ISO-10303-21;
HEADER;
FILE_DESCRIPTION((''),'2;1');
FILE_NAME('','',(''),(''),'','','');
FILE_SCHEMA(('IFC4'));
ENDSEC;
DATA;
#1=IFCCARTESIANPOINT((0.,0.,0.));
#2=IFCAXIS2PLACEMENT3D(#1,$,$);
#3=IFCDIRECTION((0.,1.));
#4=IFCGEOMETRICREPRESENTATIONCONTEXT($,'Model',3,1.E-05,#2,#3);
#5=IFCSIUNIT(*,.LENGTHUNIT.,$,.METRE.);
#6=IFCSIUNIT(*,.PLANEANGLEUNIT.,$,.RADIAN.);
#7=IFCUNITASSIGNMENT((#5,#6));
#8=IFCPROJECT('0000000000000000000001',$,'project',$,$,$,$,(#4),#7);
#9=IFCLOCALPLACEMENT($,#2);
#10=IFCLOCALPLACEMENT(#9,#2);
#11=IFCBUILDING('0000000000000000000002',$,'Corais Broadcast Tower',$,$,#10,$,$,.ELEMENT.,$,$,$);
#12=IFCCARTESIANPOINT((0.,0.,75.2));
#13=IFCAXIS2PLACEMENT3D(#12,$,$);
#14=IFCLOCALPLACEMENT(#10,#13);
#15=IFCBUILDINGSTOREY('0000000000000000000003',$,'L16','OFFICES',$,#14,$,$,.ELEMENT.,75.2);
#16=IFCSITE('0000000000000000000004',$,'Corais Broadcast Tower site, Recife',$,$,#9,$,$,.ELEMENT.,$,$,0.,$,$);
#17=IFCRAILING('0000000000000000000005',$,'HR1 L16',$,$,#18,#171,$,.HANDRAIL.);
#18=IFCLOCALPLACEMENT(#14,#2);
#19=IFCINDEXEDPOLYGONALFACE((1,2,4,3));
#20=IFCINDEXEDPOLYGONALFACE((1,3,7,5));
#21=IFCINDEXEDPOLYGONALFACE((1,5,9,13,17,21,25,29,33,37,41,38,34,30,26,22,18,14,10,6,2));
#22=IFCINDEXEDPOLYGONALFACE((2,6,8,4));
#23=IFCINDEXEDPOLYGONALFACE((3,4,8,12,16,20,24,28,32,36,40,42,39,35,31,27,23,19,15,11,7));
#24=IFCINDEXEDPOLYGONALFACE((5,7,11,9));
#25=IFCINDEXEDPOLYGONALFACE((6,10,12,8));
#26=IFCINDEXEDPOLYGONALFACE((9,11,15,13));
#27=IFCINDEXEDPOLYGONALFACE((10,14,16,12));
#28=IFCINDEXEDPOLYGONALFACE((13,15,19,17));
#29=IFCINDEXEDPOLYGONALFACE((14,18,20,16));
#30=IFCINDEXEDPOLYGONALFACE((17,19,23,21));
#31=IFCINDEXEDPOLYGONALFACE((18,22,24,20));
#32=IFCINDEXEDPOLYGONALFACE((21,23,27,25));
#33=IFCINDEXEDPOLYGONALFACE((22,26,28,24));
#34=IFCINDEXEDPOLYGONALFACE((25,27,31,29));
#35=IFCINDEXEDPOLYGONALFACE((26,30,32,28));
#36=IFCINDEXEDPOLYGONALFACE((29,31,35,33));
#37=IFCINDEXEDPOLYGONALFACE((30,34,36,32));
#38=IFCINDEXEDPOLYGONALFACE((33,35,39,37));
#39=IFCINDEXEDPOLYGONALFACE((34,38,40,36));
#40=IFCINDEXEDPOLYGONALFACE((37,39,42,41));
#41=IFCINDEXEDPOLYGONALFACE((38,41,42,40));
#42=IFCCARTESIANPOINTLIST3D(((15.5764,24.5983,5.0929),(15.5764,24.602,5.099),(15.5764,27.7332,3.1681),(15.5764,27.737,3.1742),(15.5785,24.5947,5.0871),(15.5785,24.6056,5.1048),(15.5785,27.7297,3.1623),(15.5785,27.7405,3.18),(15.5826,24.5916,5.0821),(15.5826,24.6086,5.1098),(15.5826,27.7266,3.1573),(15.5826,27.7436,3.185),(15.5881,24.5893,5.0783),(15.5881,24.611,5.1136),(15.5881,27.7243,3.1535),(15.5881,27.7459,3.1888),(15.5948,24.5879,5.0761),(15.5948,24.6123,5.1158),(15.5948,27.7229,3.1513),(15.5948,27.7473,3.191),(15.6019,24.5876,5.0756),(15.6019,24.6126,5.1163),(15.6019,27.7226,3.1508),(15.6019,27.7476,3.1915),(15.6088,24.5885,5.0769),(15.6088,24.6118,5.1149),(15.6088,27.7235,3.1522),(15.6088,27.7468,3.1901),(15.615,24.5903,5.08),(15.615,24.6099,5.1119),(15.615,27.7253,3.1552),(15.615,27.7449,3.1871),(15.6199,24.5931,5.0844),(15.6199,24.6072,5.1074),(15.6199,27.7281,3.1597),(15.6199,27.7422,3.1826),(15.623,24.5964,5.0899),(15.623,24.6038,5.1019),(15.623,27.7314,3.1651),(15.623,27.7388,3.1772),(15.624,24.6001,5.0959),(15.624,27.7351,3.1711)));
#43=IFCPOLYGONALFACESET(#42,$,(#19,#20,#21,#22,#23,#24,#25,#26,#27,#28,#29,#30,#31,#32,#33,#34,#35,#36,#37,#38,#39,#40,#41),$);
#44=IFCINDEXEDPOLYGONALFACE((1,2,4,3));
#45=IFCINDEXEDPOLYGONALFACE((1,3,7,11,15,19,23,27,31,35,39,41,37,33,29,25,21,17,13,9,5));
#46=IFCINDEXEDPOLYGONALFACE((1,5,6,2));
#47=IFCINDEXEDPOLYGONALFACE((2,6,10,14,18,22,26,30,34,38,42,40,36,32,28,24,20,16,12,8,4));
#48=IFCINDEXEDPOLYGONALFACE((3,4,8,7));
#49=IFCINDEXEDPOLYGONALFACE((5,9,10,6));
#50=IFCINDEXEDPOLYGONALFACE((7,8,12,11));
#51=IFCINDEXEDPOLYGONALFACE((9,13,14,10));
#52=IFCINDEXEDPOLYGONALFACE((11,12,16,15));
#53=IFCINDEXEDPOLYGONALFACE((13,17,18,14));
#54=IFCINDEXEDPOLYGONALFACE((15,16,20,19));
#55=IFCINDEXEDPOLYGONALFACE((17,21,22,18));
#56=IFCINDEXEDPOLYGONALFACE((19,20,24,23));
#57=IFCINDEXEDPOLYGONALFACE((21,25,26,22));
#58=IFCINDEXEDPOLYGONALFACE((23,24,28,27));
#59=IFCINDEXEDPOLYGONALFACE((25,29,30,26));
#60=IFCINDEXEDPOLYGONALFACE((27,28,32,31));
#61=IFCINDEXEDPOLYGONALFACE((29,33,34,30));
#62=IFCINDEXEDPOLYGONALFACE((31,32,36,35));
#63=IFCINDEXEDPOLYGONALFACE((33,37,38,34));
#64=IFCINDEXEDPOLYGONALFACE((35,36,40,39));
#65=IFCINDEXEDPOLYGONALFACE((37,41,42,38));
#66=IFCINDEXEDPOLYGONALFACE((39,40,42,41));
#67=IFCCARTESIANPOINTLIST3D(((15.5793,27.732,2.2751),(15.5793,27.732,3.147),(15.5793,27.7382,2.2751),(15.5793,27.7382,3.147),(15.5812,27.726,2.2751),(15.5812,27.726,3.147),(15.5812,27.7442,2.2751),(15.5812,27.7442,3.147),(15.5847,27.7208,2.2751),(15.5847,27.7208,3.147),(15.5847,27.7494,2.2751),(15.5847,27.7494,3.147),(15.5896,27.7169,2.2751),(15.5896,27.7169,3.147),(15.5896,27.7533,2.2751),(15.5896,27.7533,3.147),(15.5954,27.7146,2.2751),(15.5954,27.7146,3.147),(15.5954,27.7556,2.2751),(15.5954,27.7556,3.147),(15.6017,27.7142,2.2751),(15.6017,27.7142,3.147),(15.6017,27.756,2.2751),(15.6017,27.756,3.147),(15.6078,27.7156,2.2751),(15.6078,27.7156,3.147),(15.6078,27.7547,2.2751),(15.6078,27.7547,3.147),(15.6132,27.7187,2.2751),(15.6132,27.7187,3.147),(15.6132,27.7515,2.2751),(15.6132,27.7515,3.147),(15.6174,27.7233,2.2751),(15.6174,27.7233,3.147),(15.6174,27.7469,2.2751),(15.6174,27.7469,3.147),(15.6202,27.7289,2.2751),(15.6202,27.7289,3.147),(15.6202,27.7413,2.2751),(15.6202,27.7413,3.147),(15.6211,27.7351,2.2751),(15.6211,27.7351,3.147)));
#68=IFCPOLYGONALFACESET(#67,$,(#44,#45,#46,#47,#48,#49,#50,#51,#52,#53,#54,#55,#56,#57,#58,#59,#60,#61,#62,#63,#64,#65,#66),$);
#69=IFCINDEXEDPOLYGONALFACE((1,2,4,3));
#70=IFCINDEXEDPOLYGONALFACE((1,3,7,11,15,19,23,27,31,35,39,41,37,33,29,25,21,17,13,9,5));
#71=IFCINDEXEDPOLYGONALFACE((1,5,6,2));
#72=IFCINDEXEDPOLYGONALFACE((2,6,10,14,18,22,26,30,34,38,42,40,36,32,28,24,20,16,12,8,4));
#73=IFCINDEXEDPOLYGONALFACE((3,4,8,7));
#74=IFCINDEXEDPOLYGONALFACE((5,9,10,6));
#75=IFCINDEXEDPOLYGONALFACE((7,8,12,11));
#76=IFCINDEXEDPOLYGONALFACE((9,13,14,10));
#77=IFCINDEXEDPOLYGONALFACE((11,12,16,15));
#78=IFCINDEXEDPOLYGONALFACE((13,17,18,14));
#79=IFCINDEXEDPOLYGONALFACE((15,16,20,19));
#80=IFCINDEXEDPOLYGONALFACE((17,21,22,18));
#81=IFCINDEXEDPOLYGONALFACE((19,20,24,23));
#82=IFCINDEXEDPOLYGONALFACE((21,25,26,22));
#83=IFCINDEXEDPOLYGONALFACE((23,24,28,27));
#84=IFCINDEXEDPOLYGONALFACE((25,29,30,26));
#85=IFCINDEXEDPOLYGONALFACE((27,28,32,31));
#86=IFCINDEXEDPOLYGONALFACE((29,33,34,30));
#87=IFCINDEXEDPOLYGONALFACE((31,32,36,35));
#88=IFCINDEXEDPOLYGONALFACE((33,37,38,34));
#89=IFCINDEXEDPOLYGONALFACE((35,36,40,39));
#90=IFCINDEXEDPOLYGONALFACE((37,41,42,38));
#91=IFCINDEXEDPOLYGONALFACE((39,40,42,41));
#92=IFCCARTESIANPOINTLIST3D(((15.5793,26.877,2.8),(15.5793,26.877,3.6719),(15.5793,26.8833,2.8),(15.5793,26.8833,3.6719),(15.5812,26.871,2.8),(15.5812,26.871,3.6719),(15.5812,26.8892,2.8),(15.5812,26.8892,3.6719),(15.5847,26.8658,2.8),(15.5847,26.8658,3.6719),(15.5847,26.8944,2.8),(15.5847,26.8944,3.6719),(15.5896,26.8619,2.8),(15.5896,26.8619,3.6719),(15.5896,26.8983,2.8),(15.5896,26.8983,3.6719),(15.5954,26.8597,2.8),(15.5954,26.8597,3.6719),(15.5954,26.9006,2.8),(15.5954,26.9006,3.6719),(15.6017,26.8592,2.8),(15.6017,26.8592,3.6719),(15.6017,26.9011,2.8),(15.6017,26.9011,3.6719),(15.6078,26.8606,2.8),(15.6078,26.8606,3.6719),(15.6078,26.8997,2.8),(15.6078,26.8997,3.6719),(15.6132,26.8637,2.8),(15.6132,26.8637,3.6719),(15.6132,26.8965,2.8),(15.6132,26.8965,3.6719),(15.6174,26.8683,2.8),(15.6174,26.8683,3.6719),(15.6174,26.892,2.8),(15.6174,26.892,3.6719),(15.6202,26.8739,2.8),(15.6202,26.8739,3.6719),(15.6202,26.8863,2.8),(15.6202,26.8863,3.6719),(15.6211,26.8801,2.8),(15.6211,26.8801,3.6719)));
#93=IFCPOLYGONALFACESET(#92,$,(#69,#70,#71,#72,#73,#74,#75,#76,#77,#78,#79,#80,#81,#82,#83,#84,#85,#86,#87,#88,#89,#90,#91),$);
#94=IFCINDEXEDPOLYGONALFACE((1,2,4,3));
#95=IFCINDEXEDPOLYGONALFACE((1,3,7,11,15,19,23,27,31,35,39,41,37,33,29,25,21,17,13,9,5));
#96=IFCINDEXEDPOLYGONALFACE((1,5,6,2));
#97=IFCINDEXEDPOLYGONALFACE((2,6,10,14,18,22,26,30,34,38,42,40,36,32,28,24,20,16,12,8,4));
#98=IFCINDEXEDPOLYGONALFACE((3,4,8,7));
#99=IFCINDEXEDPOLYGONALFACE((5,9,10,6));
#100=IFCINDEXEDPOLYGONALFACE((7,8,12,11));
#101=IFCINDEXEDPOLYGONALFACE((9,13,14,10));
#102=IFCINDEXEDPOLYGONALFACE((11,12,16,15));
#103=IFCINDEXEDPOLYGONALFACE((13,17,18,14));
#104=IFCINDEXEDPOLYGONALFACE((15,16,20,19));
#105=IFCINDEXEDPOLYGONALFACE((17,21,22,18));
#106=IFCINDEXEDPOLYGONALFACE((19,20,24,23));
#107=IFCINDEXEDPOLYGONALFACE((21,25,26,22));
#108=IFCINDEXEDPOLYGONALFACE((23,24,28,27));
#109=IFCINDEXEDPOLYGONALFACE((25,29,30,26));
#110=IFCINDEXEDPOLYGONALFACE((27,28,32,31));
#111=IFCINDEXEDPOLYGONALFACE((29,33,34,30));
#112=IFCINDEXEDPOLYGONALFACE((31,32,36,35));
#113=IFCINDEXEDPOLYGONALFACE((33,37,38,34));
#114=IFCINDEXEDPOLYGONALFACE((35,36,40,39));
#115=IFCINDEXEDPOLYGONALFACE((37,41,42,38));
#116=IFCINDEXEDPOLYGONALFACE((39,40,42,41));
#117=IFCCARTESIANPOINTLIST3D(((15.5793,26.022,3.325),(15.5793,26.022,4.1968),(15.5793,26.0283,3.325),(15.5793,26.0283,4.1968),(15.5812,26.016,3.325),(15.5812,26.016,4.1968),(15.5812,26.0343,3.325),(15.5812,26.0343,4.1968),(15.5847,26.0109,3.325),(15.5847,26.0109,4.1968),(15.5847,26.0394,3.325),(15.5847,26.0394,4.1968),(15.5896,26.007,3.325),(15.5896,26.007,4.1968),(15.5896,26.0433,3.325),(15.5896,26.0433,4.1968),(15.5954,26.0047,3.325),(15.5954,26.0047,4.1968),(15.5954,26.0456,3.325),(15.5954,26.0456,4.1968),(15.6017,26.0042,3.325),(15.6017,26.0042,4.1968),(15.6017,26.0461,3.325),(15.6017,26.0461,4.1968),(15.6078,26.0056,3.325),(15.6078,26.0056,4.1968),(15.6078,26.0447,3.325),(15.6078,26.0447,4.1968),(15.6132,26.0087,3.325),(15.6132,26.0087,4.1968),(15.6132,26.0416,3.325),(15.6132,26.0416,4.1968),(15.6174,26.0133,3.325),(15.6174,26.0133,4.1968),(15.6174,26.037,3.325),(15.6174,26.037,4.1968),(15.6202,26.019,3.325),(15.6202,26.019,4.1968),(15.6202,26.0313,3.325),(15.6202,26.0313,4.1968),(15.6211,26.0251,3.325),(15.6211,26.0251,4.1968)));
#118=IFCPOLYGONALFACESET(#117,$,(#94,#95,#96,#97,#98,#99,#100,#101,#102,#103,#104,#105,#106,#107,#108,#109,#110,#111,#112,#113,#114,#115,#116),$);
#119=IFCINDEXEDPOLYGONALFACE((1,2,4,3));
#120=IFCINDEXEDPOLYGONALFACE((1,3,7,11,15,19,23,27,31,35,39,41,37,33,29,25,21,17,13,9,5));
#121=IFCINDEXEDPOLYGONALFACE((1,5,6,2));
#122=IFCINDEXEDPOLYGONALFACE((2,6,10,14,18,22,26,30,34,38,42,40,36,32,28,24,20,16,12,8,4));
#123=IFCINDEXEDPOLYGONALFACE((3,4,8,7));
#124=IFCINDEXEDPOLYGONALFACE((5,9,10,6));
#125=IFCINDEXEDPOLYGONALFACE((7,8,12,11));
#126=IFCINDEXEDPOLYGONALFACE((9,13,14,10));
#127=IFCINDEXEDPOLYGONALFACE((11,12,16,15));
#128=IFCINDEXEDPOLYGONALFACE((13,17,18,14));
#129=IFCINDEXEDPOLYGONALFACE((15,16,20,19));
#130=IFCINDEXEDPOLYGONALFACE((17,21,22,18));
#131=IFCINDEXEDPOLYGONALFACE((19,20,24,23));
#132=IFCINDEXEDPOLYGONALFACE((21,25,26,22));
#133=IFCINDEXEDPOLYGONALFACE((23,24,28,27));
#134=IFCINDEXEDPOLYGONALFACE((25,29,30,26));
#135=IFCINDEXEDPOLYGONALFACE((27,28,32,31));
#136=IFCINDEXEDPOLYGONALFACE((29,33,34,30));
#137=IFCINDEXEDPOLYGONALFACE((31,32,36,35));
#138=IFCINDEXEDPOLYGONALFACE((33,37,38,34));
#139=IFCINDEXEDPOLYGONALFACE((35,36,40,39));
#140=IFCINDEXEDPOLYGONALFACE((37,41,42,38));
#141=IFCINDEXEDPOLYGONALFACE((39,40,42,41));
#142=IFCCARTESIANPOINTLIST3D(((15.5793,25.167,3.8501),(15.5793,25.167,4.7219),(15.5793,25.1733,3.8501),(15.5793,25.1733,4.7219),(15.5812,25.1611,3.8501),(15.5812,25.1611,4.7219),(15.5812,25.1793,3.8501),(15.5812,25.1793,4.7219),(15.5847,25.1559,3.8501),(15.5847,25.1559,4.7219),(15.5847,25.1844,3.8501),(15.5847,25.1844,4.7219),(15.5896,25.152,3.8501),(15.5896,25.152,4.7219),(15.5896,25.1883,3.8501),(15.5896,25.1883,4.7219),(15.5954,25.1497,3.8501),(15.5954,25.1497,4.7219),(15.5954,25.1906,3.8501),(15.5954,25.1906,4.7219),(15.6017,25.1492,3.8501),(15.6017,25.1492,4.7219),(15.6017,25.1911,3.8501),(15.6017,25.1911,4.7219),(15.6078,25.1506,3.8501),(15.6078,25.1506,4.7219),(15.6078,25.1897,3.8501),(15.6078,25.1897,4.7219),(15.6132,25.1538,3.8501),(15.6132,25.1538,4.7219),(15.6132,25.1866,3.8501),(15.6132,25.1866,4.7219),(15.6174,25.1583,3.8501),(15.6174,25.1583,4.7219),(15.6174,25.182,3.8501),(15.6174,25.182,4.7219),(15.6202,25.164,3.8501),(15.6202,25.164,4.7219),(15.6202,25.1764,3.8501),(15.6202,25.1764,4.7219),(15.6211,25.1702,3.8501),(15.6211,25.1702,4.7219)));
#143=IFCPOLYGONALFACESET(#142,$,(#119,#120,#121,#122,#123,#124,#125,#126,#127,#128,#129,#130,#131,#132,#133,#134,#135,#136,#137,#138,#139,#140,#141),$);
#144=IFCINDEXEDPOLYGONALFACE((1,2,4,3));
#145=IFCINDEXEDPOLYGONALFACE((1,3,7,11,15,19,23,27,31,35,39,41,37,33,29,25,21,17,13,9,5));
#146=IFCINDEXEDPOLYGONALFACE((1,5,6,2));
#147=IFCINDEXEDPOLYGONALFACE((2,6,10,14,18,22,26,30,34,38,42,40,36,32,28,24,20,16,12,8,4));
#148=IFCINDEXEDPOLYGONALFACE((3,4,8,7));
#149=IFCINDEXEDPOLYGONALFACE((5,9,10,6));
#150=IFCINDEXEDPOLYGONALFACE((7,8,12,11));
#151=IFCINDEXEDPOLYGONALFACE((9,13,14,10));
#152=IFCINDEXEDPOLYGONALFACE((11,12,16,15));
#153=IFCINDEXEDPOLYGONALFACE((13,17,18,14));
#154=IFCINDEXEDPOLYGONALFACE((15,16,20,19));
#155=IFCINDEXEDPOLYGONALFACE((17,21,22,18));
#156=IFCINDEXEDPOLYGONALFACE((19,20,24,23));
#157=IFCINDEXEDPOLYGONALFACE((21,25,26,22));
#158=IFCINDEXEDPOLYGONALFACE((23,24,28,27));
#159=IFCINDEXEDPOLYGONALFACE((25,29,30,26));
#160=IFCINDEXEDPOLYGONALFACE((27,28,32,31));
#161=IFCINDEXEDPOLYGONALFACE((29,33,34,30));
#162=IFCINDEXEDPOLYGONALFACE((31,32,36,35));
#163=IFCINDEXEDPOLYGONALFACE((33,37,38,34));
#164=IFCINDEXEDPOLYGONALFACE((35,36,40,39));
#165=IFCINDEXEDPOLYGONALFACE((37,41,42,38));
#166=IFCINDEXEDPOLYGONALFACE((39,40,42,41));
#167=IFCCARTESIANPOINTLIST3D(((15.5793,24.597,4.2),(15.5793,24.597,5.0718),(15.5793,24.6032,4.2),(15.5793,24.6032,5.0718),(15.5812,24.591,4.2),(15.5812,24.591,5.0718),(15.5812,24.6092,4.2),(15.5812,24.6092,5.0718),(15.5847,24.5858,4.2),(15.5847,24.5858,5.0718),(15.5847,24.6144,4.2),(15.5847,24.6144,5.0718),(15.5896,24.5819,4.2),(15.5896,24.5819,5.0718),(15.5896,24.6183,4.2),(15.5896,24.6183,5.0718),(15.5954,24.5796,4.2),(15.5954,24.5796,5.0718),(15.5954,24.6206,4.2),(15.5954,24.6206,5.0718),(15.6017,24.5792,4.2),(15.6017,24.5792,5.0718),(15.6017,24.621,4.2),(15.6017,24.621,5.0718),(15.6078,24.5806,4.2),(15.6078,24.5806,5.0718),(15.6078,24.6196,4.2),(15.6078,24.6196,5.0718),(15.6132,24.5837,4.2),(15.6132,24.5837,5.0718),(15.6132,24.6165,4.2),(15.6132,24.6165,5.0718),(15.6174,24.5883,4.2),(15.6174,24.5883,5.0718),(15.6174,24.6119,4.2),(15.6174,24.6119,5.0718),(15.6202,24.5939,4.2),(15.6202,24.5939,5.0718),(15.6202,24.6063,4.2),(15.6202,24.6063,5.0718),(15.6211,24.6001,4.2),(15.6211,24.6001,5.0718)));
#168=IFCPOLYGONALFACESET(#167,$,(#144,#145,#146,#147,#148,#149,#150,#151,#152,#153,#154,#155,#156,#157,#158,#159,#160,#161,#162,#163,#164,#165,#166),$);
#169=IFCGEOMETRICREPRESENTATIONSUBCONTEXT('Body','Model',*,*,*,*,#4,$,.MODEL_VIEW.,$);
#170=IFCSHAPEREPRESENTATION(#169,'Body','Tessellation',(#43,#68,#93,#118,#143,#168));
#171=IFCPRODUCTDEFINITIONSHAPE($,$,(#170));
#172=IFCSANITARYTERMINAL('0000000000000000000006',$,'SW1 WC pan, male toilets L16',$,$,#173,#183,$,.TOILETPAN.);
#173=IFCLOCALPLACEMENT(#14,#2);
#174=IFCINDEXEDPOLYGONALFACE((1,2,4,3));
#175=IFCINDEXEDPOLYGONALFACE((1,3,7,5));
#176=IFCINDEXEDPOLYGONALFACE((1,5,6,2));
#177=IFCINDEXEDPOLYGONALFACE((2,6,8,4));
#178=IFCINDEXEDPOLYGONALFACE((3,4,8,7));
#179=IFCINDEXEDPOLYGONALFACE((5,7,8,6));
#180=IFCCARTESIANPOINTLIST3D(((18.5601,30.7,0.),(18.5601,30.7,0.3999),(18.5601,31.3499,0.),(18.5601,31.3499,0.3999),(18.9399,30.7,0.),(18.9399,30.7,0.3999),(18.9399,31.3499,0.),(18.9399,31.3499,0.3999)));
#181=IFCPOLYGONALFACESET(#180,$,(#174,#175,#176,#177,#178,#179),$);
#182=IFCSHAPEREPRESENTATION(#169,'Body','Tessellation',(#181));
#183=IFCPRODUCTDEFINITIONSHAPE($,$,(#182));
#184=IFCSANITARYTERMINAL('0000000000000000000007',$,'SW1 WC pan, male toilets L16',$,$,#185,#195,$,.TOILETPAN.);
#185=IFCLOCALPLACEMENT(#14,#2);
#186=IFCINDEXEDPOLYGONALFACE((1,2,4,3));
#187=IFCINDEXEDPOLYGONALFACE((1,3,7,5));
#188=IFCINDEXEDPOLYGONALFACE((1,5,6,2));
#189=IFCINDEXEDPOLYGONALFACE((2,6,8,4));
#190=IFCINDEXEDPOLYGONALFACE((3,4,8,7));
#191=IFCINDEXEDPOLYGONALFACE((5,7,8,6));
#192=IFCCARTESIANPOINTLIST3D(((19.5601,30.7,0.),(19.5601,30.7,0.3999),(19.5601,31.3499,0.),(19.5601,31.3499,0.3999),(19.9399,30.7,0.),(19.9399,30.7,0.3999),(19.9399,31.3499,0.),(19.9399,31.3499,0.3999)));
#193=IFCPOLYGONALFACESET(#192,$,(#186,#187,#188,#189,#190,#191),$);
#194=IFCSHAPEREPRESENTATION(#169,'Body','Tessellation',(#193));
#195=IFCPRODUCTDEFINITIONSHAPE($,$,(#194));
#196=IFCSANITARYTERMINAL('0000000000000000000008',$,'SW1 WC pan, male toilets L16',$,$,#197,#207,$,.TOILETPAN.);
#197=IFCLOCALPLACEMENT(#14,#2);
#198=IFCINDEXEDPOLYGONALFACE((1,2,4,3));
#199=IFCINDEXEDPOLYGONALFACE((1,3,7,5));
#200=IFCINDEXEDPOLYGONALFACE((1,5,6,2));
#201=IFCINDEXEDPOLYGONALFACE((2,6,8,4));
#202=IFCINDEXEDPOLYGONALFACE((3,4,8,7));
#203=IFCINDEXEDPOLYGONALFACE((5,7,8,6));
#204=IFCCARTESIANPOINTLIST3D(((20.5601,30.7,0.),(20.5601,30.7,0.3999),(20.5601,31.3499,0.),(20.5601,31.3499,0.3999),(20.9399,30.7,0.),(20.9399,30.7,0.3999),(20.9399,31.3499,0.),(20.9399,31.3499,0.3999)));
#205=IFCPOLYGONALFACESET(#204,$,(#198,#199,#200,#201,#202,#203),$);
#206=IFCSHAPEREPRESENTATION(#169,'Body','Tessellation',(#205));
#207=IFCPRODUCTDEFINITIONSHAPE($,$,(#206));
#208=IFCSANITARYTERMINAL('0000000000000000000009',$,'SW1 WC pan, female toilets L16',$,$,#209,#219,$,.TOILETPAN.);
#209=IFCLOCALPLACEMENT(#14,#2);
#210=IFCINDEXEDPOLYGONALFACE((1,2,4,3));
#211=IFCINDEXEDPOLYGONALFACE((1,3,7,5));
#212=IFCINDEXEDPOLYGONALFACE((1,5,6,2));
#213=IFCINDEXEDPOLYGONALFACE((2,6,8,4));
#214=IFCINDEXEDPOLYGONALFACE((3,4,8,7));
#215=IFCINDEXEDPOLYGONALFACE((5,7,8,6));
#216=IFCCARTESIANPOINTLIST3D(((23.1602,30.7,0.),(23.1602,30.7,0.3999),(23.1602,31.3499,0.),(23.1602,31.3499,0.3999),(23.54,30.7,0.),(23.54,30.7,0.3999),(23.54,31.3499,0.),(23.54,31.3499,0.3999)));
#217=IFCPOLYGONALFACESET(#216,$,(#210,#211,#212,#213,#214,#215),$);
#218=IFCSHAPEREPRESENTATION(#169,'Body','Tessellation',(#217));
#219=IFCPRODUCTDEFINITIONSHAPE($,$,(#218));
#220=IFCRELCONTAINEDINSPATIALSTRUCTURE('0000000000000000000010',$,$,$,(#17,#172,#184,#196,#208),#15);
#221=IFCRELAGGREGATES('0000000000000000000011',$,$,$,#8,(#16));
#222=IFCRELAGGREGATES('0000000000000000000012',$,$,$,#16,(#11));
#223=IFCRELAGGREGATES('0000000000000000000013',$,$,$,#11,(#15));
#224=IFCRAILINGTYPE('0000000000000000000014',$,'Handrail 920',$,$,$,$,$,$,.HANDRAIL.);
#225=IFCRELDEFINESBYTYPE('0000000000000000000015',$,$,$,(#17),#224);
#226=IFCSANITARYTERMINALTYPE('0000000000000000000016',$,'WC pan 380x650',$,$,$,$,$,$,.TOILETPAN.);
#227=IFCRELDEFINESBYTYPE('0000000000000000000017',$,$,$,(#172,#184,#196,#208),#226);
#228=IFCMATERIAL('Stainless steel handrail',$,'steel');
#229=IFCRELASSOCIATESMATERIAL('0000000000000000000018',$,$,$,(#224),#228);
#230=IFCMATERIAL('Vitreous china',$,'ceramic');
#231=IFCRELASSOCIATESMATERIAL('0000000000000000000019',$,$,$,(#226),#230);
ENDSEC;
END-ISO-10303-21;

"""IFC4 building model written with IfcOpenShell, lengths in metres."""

from ifc_helpers import new_model, si_unit, direction, frame, origin, origin_2d, place, context, subcontext, project, spatial, rectangle, circle, extrude, material, type_object, element, save


model = new_model("IFC4")

# Units and contexts
model_context = context("Model", 3, precision=1e-05, world=origin(), true_north=direction((0.0, 1.0)))
body_context = subcontext(model_context, "Body", "Model", "MODEL_VIEW")
ifc_project = project(units=[si_unit("LENGTHUNIT", "METRE"), si_unit("PLANEANGLEUNIT", "RADIAN")], contexts=[model_context])

# Site, building, storey
site_placement = place(None, origin())
site = spatial("IfcSite", under=ifc_project, at=site_placement, Name="Corais Broadcast Tower site, Recife", CompositionType="ELEMENT", RefElevation=0.0)
building_placement = place(site_placement, origin())
building = spatial("IfcBuilding", under=site, at=building_placement, Name="Corais Broadcast Tower", CompositionType="ELEMENT")
storey_placement = place(building_placement, frame((0.0, 0.0, 75.2)))
storey = spatial("IfcBuildingStorey", under=building, at=storey_placement, Name="L16", Description="OFFICES", CompositionType="ELEMENT", Elevation=75.2)

# Railing
ifc_material_1 = material(Name="Stainless steel handrail", Category="steel")
railing_type = type_object("IfcRailingType", Name="Handrail 920", PredefinedType="HANDRAIL", material=ifc_material_1)
railing_placement = place(storey_placement, frame((15.6001, 27.7351, 2.2751)))
element("IfcRailing", 1, at=railing_placement, inside=storey, type_object=railing_type, Name="HR1 L16", PredefinedType="HANDRAIL", context=body_context, shape_type="SweptSolid", body=[
    extrude(circle(Radius=0.0239, at=origin_2d()), frame((0.0, 0.0, 0.896), z_axis=(0.0, -0.852196, 0.523223), x_axis=(1.0, 0.0, 0.0)), (0.0, 0.0, 1.0), 3.6787),
    extrude(circle(Radius=0.021, at=origin_2d()), origin(), (0.0, 0.0, 1.0), 0.8718),
    extrude(circle(Radius=0.021, at=origin_2d()), frame((0.0, -0.855, 0.5249)), (0.0, 0.0, 1.0), 0.8718),
    extrude(circle(Radius=0.021, at=origin_2d()), frame((0.0, -1.71, 1.0498)), (0.0, 0.0, 1.0), 0.8718),
    extrude(circle(Radius=0.021, at=origin_2d()), frame((0.0, -2.5649, 1.575)), (0.0, 0.0, 1.0), 0.8718),
    extrude(circle(Radius=0.021, at=origin_2d()), frame((0.0, -3.135, 1.9248)), (0.0, 0.0, 1.0), 0.8718),
])

# Sanitary terminals
ifc_material_2 = material(Name="Vitreous china", Category="ceramic")
sanitary_terminal_type_1 = type_object("IfcSanitaryTerminalType", Name="WC pan 380x650", PredefinedType="TOILETPAN", material=ifc_material_2)
for number, where, z_axis, x_axis, name in (
    (2, (18.75, 31.0249, 0.0), (0.0, 0.0, 1.0), (1.0, 0.0, 0.0), "SW1 WC pan, male toilets L16"),
    (3, (19.75, 31.0249, 0.0), (0.0, 0.0, 1.0), (1.0, 0.0, 0.0), "SW1 WC pan, male toilets L16"),
    (4, (20.75, 31.0249, 0.0), (0.0, 0.0, 1.0), (1.0, 0.0, 0.0), "SW1 WC pan, male toilets L16"),
    (5, (23.3501, 31.0249, 0.0), (0.0, 0.0, 1.0), (1.0, 0.0, 0.0), "SW1 WC pan, female toilets L16"),
):
    element("IfcSanitaryTerminal", number, at=place(storey_placement, frame(where, z_axis=z_axis, x_axis=x_axis)), inside=storey, type_object=sanitary_terminal_type_1, Name=name, PredefinedType="TOILETPAN", context=body_context, shape_type="SweptSolid", body=[
        extrude(rectangle(XDim=0.3799, YDim=0.6499, at=origin_2d()), origin(), (0.0, 0.0, 1.0), 0.3999),
    ])

save(model, "model.ifc")
